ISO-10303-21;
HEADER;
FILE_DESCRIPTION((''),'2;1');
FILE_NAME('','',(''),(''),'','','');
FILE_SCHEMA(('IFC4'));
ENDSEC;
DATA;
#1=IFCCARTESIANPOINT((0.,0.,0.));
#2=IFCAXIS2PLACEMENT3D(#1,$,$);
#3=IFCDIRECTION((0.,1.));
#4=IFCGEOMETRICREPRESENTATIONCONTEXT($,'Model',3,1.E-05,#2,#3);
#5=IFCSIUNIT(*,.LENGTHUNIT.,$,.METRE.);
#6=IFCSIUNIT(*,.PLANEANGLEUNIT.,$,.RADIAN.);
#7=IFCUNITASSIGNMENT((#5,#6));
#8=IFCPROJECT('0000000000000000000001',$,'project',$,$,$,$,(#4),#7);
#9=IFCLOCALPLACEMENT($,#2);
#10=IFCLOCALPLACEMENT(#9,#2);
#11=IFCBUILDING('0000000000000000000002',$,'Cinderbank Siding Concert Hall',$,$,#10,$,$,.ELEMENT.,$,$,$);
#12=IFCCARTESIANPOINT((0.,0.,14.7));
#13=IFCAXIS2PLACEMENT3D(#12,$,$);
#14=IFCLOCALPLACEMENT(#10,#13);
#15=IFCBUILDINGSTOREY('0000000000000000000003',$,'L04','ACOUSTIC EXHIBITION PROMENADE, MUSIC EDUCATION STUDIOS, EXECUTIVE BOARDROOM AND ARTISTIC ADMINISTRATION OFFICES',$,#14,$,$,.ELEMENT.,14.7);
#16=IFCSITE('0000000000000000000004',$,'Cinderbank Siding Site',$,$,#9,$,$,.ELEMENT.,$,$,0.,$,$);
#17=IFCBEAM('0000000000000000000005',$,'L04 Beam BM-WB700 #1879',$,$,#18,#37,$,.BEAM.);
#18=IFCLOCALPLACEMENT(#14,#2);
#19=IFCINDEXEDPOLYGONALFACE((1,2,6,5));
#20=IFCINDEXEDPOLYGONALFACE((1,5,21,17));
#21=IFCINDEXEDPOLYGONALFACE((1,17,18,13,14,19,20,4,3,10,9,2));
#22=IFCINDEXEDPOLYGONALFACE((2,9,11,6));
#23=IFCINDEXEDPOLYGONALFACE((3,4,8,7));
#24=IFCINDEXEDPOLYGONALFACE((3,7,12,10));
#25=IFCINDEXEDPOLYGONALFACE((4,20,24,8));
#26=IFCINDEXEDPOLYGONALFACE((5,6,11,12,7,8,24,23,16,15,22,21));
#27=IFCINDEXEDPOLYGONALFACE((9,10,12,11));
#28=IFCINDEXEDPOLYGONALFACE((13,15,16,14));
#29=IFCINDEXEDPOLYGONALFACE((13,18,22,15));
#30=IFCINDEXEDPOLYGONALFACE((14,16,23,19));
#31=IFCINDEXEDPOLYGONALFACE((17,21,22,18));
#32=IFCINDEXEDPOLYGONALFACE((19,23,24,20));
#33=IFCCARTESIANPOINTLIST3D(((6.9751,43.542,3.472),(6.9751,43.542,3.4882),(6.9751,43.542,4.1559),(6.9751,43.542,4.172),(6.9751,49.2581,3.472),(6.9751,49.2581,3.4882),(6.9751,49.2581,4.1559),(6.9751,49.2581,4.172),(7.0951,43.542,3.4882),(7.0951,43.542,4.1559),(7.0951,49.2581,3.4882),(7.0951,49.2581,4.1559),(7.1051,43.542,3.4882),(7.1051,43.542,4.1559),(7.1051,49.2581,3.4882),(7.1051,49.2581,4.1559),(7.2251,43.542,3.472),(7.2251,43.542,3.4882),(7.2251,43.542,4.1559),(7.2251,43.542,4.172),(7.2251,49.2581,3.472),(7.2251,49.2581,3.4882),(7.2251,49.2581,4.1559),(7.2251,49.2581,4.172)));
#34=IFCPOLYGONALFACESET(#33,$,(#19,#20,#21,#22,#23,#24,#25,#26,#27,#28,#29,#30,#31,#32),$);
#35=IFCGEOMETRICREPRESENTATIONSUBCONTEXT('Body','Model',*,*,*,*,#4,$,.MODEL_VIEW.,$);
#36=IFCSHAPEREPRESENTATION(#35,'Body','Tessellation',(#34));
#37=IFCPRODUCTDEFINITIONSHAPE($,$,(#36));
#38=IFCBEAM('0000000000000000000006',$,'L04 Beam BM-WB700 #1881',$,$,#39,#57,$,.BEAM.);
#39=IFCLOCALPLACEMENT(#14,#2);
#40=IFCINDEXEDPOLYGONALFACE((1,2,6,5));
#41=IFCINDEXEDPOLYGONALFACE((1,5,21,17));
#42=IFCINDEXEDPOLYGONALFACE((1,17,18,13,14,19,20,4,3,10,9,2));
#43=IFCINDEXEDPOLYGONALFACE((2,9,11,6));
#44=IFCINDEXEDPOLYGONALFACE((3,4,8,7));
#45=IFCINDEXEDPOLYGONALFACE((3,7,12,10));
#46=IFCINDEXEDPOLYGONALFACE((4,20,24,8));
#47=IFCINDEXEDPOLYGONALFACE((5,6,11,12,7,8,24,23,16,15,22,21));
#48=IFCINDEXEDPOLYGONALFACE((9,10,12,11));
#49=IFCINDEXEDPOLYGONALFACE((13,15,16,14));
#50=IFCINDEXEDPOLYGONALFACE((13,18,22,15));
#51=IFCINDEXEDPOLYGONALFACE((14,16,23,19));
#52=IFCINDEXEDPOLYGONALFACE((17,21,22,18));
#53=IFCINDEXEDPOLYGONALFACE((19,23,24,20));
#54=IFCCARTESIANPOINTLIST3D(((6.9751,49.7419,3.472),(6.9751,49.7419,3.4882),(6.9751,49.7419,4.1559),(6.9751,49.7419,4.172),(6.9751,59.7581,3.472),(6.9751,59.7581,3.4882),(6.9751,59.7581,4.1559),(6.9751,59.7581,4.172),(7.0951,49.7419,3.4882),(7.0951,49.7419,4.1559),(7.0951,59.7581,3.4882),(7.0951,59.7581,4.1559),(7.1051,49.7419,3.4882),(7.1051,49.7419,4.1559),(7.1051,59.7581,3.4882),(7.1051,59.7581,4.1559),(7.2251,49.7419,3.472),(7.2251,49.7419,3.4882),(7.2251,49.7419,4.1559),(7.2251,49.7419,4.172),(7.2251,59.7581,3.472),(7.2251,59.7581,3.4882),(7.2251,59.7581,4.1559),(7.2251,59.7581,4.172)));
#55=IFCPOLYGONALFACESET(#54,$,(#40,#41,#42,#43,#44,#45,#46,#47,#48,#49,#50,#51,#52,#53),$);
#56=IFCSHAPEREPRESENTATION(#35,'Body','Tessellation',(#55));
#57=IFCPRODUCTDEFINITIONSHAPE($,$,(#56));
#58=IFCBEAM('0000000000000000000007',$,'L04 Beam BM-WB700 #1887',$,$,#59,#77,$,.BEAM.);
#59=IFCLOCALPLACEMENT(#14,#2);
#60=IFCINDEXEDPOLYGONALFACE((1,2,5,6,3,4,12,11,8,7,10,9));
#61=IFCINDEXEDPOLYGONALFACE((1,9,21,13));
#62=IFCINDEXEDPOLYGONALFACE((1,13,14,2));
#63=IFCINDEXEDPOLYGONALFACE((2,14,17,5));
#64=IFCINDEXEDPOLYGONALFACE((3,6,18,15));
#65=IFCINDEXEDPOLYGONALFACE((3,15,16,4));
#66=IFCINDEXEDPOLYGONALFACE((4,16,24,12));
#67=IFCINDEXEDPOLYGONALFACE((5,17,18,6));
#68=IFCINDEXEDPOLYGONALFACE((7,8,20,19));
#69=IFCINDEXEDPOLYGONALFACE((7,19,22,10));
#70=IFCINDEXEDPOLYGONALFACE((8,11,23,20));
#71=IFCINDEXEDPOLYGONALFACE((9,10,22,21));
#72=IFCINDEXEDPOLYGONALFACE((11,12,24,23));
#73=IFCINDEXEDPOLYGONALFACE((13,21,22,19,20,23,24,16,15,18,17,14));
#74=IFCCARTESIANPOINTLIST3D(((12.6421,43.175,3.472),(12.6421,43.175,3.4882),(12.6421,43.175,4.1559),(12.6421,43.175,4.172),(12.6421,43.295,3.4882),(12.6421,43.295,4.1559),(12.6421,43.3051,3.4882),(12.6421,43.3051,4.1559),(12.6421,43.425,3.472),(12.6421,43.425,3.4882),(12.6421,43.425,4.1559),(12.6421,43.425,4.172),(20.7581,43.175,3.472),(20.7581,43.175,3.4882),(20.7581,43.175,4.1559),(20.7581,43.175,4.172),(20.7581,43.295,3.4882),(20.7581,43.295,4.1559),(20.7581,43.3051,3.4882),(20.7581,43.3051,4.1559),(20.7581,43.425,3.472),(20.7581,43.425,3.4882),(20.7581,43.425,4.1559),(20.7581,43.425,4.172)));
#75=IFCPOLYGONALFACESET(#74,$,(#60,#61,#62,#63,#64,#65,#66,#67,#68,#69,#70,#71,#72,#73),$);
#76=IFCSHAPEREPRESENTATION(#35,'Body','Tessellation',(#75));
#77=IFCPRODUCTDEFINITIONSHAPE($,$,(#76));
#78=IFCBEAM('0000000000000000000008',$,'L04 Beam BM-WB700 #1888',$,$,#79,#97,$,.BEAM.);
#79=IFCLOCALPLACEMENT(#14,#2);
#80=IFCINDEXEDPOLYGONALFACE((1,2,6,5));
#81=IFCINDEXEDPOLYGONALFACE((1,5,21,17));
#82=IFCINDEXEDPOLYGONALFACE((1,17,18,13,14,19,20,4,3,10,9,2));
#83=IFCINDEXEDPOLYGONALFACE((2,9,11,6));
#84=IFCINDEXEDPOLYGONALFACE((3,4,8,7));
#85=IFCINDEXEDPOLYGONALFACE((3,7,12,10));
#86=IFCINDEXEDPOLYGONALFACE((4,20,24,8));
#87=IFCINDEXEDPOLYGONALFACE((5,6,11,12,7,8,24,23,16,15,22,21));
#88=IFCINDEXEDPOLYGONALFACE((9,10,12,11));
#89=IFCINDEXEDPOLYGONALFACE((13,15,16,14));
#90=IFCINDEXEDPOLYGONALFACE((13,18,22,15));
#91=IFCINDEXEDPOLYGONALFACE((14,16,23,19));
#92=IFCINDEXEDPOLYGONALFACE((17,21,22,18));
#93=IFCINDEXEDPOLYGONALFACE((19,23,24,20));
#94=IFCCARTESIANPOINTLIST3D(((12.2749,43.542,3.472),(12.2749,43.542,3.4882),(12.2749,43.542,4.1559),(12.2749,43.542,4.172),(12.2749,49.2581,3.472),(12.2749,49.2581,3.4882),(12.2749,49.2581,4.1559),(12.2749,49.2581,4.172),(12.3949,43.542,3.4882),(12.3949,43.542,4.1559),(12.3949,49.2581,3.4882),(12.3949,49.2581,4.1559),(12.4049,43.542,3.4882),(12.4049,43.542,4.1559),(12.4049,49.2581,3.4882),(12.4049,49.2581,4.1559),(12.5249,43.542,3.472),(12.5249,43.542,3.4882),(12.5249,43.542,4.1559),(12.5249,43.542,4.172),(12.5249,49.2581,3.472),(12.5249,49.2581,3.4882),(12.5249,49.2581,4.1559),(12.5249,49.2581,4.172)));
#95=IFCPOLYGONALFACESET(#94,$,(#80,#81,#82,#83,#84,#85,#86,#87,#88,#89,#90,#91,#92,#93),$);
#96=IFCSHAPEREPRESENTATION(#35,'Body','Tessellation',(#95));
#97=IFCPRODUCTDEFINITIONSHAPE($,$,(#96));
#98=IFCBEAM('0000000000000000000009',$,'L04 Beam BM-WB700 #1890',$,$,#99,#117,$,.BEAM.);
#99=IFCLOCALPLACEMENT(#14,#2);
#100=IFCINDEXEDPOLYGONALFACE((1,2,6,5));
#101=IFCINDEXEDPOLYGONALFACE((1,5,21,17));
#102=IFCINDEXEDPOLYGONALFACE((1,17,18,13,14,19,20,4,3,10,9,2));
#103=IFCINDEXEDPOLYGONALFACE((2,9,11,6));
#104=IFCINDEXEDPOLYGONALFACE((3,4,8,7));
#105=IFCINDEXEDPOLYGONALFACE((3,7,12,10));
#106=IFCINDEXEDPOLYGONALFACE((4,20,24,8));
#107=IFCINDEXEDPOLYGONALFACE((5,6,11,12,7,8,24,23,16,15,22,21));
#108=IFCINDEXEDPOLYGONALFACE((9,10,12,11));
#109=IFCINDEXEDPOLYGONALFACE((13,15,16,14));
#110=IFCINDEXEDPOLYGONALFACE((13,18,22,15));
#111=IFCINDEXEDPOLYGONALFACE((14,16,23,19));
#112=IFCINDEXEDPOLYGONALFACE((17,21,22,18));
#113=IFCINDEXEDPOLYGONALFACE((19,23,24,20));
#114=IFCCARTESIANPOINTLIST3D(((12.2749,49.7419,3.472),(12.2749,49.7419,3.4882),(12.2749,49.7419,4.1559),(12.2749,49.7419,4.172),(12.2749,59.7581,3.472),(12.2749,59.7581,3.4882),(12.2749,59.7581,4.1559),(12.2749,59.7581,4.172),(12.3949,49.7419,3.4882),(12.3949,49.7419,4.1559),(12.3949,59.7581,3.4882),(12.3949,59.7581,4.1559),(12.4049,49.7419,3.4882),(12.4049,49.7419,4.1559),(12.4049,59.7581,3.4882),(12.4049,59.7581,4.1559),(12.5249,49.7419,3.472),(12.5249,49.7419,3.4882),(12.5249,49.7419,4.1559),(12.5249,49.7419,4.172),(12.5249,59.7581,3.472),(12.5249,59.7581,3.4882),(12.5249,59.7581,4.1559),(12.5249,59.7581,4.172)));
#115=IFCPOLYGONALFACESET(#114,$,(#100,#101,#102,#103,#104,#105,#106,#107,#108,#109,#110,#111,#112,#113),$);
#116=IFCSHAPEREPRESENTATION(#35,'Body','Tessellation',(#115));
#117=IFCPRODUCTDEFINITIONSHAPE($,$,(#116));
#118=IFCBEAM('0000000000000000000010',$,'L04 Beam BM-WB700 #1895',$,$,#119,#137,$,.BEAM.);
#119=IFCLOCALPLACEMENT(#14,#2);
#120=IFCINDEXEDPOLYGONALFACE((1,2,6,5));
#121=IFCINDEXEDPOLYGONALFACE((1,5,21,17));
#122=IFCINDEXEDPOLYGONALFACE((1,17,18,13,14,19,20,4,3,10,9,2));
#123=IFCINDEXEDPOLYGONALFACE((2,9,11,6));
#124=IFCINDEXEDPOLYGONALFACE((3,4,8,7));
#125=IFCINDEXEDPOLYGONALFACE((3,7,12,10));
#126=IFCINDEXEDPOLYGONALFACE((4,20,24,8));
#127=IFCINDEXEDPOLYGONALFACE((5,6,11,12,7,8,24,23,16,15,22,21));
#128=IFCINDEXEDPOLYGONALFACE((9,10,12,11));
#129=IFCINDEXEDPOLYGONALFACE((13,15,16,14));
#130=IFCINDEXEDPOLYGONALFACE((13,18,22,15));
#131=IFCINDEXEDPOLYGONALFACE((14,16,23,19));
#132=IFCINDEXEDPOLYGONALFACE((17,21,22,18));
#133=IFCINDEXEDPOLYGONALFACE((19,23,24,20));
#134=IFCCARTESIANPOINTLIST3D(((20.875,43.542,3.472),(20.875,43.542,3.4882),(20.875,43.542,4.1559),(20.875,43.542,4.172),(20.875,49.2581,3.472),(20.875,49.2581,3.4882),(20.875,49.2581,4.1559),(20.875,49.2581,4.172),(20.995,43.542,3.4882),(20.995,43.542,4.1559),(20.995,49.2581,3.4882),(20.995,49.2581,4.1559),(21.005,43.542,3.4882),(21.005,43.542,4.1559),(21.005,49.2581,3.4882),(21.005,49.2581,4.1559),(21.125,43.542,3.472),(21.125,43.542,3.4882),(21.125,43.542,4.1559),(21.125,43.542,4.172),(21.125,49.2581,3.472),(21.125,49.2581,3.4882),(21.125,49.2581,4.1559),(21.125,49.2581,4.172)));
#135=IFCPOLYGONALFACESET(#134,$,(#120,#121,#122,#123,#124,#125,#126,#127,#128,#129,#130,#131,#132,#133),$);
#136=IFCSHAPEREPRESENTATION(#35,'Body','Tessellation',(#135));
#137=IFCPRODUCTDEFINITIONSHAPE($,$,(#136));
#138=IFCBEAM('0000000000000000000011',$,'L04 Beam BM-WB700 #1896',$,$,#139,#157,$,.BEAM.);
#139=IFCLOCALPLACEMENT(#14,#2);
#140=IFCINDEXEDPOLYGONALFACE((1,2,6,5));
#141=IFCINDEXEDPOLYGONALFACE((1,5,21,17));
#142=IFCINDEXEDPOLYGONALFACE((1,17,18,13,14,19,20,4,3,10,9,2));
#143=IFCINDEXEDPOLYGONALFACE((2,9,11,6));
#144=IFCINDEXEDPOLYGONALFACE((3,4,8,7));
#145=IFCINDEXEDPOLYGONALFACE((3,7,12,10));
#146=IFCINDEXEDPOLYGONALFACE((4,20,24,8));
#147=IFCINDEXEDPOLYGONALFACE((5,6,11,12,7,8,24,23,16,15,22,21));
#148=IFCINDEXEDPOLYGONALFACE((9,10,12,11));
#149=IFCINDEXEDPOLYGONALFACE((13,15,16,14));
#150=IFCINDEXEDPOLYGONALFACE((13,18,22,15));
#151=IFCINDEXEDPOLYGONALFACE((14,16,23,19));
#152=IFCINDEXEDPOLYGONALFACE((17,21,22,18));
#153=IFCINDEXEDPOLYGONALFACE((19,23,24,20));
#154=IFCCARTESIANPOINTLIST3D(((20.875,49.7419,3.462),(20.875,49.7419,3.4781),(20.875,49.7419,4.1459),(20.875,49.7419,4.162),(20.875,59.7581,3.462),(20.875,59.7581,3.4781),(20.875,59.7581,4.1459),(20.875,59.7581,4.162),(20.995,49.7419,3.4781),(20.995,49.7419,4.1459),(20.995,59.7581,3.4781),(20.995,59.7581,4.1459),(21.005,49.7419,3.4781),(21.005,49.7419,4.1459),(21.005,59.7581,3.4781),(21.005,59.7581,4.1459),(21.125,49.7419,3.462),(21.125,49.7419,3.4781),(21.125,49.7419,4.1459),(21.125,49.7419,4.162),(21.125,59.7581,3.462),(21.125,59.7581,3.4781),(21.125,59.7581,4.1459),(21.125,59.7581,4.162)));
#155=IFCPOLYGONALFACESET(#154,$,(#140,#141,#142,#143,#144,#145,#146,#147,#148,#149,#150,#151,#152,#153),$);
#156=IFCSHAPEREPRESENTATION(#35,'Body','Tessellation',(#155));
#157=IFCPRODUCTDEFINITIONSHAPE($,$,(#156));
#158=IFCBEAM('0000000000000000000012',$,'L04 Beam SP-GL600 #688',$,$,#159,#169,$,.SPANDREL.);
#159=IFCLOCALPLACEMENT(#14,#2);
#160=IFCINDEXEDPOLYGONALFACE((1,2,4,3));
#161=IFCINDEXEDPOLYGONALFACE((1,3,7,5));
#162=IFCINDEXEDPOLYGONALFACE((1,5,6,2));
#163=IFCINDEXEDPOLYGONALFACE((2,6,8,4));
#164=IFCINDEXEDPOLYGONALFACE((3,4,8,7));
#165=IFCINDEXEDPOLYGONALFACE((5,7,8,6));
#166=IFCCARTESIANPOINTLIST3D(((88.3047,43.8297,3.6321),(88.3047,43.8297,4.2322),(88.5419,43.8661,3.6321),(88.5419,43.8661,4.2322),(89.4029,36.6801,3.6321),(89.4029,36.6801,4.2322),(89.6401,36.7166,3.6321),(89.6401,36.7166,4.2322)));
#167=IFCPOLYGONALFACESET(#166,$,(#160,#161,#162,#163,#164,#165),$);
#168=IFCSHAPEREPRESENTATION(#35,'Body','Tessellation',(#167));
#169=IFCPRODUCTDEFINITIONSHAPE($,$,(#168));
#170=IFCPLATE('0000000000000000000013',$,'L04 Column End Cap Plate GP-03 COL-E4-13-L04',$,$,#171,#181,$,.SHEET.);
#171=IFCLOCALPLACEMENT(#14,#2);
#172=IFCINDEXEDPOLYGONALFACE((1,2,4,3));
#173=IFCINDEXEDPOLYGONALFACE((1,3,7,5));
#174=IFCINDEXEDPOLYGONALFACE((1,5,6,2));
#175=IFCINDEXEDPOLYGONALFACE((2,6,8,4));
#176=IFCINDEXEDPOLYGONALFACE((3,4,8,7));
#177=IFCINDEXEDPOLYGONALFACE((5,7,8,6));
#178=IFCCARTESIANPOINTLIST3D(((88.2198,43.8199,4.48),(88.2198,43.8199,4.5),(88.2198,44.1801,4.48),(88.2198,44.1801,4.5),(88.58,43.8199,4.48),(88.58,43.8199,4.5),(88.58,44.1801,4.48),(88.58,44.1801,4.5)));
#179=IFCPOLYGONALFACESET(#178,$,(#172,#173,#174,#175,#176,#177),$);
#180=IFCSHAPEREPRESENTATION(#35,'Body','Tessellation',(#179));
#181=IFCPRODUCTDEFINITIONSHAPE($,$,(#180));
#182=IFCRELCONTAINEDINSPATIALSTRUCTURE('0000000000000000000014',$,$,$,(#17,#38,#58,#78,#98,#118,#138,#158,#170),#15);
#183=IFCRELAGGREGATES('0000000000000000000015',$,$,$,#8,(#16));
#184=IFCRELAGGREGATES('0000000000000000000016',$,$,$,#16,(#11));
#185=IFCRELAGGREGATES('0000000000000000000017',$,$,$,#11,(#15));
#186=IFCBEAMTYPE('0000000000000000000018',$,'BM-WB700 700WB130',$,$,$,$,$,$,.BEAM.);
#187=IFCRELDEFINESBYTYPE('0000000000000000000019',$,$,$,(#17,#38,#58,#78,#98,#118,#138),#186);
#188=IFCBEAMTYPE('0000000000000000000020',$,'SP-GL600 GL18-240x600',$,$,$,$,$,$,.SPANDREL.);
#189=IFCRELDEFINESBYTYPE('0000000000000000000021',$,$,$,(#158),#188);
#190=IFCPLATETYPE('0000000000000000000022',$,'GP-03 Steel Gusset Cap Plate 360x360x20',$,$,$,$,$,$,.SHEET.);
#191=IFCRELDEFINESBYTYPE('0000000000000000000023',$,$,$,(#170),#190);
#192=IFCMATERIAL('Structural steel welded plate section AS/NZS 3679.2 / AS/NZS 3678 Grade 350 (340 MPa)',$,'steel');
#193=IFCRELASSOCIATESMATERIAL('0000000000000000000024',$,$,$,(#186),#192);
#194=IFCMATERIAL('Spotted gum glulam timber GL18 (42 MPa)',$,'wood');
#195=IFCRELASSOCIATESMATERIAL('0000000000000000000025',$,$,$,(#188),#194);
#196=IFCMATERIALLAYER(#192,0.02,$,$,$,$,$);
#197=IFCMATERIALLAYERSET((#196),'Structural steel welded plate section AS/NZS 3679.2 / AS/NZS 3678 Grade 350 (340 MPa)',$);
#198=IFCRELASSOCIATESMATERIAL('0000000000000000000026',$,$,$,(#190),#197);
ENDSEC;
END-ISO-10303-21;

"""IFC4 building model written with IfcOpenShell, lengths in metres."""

from ifc_helpers import new_model, si_unit, direction, frame, origin, origin_2d, place, context, subcontext, project, spatial, rectangle, i_section, extrude, material, layer, layer_set, material_profile, profile_set, type_object, element, save


model = new_model("IFC4")

# Units and contexts
model_context = context("Model", 3, precision=1e-05, world=origin(), true_north=direction((0.0, 1.0)))
body_context = subcontext(model_context, "Body", "Model", "MODEL_VIEW")
ifc_project = project(units=[si_unit("LENGTHUNIT", "METRE"), si_unit("PLANEANGLEUNIT", "RADIAN")], contexts=[model_context])

# Site, building, storey
site_placement = place(None, origin())
site = spatial("IfcSite", under=ifc_project, at=site_placement, Name="Cinderbank Siding Site", CompositionType="ELEMENT", RefElevation=0.0)
building_placement = place(site_placement, origin())
building = spatial("IfcBuilding", under=site, at=building_placement, Name="Cinderbank Siding Concert Hall", CompositionType="ELEMENT")
storey_placement = place(building_placement, frame((0.0, 0.0, 14.7)))
storey = spatial("IfcBuildingStorey", under=building, at=storey_placement, Name="L04", Description="ACOUSTIC EXHIBITION PROMENADE, MUSIC EDUCATION STUDIOS, EXECUTIVE BOARDROOM AND ARTISTIC ADMINISTRATION OFFICES", CompositionType="ELEMENT", Elevation=14.7)

# Beams
ifc_material_1 = material(Name="Structural steel welded plate section AS/NZS 3679.2 / AS/NZS 3678 Grade 350 (340 MPa)", Category="steel")
ifc_material_profile_1 = material_profile(ifc_material_1, i_section(OverallWidth=0.25, OverallDepth=0.7, WebThickness=0.01, FlangeThickness=0.0161, at=origin_2d()), Name="700WB130", Category="LoadBearing")
ifc_profile_set_1 = profile_set([ifc_material_profile_1], Name="Structural steel welded plate section AS/NZS 3679.2 / AS/NZS 3678 Grade 350 (340 MPa)")
beam_type_1 = type_object("IfcBeamType", Name="BM-WB700 700WB130", PredefinedType="BEAM", material=ifc_profile_set_1)
beam_1_placement = place(storey_placement, frame((7.1001, 43.542, 3.822), z_axis=(0.0, 1.0, 0.0), x_axis=(-1.0, 0.0, 0.0)))
element("IfcBeam", 1, at=beam_1_placement, inside=storey, type_object=beam_type_1, Name="L04 Beam BM-WB700 #1879", PredefinedType="BEAM", context=body_context, shape_type="SweptSolid", body=[
    extrude(i_section(OverallWidth=0.25, OverallDepth=0.7, WebThickness=0.01, FlangeThickness=0.0161, at=origin_2d()), origin(), (0.0, 0.0, 1.0), 5.7161),
])
beam_2_placement = place(storey_placement, frame((7.1001, 49.7419, 3.822), z_axis=(0.0, 1.0, 0.0), x_axis=(-1.0, 0.0, 0.0)))
element("IfcBeam", 2, at=beam_2_placement, inside=storey, type_object=beam_type_1, Name="L04 Beam BM-WB700 #1881", PredefinedType="BEAM", context=body_context, shape_type="SweptSolid", body=[
    extrude(i_section(OverallWidth=0.25, OverallDepth=0.7, WebThickness=0.01, FlangeThickness=0.0161, at=origin_2d()), origin(), (0.0, 0.0, 1.0), 10.0161),
])
beam_3_placement = place(storey_placement, frame((12.6421, 43.3, 3.822), z_axis=(1.0, 0.0, 0.0), x_axis=(0.0, 1.0, 0.0)))
element("IfcBeam", 3, at=beam_3_placement, inside=storey, type_object=beam_type_1, Name="L04 Beam BM-WB700 #1887", PredefinedType="BEAM", context=body_context, shape_type="SweptSolid", body=[
    extrude(i_section(OverallWidth=0.25, OverallDepth=0.7, WebThickness=0.01, FlangeThickness=0.0161, at=origin_2d()), origin(), (0.0, 0.0, 1.0), 8.116),
])
beam_4_placement = place(storey_placement, frame((12.3999, 43.542, 3.822), z_axis=(0.0, 1.0, 0.0), x_axis=(-1.0, 0.0, 0.0)))
element("IfcBeam", 4, at=beam_4_placement, inside=storey, type_object=beam_type_1, Name="L04 Beam BM-WB700 #1888", PredefinedType="BEAM", context=body_context, shape_type="SweptSolid", body=[
    extrude(i_section(OverallWidth=0.25, OverallDepth=0.7, WebThickness=0.01, FlangeThickness=0.0161, at=origin_2d()), origin(), (0.0, 0.0, 1.0), 5.7161),
])
beam_5_placement = place(storey_placement, frame((12.3999, 49.7419, 3.822), z_axis=(0.0, 1.0, 0.0), x_axis=(-1.0, 0.0, 0.0)))
element("IfcBeam", 5, at=beam_5_placement, inside=storey, type_object=beam_type_1, Name="L04 Beam BM-WB700 #1890", PredefinedType="BEAM", context=body_context, shape_type="SweptSolid", body=[
    extrude(i_section(OverallWidth=0.25, OverallDepth=0.7, WebThickness=0.01, FlangeThickness=0.0161, at=origin_2d()), origin(), (0.0, 0.0, 1.0), 10.0161),
])
beam_6_placement = place(storey_placement, frame((21.0, 43.542, 3.822), z_axis=(0.0, 1.0, 0.0), x_axis=(-1.0, 0.0, 0.0)))
element("IfcBeam", 6, at=beam_6_placement, inside=storey, type_object=beam_type_1, Name="L04 Beam BM-WB700 #1895", PredefinedType="BEAM", context=body_context, shape_type="SweptSolid", body=[
    extrude(i_section(OverallWidth=0.25, OverallDepth=0.7, WebThickness=0.01, FlangeThickness=0.0161, at=origin_2d()), origin(), (0.0, 0.0, 1.0), 5.7161),
])
beam_7_placement = place(storey_placement, frame((21.0, 49.7419, 3.812), z_axis=(0.0, 1.0, 0.0), x_axis=(-1.0, 0.0, 0.0)))
element("IfcBeam", 7, at=beam_7_placement, inside=storey, type_object=beam_type_1, Name="L04 Beam BM-WB700 #1896", PredefinedType="BEAM", context=body_context, shape_type="SweptSolid", body=[
    extrude(i_section(OverallWidth=0.25, OverallDepth=0.7, WebThickness=0.01, FlangeThickness=0.0161, at=origin_2d()), origin(), (0.0, 0.0, 1.0), 10.0161),
])
ifc_material_2 = material(Name="Spotted gum glulam timber GL18 (42 MPa)", Category="wood")
ifc_material_profile_2 = material_profile(ifc_material_2, rectangle(XDim=0.24, YDim=0.6001, at=origin_2d()), Name="GL18-240x600", Category="LoadBearing")
ifc_profile_set_2 = profile_set([ifc_material_profile_2], Name="Spotted gum glulam timber GL18 (42 MPa)")
beam_type_2 = type_object("IfcBeamType", Name="SP-GL600 GL18-240x600", PredefinedType="SPANDREL", material=ifc_profile_set_2)
beam_8_placement = place(storey_placement, frame((88.4233, 43.8479, 3.9321), z_axis=(0.151814, -0.988409, 0.0), x_axis=(0.988409, 0.151814, 0.0)))
element("IfcBeam", 8, at=beam_8_placement, inside=storey, type_object=beam_type_2, Name="L04 Beam SP-GL600 #688", PredefinedType="SPANDREL", context=body_context, shape_type="SweptSolid", body=[
    extrude(rectangle(XDim=0.24, YDim=0.6001, at=origin_2d()), origin(), (0.0, 0.0, 1.0), 7.2334),
])

# Plate
ifc_layer_1 = layer(ifc_material_1, 0.02)
ifc_layer_set_1 = layer_set([ifc_layer_1], Name="Structural steel welded plate section AS/NZS 3679.2 / AS/NZS 3678 Grade 350 (340 MPa)")
plate_type = type_object("IfcPlateType", Name="GP-03 Steel Gusset Cap Plate 360x360x20", PredefinedType="SHEET", material=ifc_layer_set_1)
plate_placement = place(storey_placement, frame((88.3999, 44.0, 4.48), z_axis=(0.0, 0.0, 1.0), x_axis=(1.0, 0.0, 0.0)))
element("IfcPlate", 9, at=plate_placement, inside=storey, type_object=plate_type, Name="L04 Column End Cap Plate GP-03 COL-E4-13-L04", PredefinedType="SHEET", context=body_context, shape_type="SweptSolid", body=[
    extrude(rectangle(XDim=0.3601, YDim=0.3601, at=origin_2d()), origin(), (0.0, 0.0, 1.0), 0.02),
])

save(model, "model.ifc")
